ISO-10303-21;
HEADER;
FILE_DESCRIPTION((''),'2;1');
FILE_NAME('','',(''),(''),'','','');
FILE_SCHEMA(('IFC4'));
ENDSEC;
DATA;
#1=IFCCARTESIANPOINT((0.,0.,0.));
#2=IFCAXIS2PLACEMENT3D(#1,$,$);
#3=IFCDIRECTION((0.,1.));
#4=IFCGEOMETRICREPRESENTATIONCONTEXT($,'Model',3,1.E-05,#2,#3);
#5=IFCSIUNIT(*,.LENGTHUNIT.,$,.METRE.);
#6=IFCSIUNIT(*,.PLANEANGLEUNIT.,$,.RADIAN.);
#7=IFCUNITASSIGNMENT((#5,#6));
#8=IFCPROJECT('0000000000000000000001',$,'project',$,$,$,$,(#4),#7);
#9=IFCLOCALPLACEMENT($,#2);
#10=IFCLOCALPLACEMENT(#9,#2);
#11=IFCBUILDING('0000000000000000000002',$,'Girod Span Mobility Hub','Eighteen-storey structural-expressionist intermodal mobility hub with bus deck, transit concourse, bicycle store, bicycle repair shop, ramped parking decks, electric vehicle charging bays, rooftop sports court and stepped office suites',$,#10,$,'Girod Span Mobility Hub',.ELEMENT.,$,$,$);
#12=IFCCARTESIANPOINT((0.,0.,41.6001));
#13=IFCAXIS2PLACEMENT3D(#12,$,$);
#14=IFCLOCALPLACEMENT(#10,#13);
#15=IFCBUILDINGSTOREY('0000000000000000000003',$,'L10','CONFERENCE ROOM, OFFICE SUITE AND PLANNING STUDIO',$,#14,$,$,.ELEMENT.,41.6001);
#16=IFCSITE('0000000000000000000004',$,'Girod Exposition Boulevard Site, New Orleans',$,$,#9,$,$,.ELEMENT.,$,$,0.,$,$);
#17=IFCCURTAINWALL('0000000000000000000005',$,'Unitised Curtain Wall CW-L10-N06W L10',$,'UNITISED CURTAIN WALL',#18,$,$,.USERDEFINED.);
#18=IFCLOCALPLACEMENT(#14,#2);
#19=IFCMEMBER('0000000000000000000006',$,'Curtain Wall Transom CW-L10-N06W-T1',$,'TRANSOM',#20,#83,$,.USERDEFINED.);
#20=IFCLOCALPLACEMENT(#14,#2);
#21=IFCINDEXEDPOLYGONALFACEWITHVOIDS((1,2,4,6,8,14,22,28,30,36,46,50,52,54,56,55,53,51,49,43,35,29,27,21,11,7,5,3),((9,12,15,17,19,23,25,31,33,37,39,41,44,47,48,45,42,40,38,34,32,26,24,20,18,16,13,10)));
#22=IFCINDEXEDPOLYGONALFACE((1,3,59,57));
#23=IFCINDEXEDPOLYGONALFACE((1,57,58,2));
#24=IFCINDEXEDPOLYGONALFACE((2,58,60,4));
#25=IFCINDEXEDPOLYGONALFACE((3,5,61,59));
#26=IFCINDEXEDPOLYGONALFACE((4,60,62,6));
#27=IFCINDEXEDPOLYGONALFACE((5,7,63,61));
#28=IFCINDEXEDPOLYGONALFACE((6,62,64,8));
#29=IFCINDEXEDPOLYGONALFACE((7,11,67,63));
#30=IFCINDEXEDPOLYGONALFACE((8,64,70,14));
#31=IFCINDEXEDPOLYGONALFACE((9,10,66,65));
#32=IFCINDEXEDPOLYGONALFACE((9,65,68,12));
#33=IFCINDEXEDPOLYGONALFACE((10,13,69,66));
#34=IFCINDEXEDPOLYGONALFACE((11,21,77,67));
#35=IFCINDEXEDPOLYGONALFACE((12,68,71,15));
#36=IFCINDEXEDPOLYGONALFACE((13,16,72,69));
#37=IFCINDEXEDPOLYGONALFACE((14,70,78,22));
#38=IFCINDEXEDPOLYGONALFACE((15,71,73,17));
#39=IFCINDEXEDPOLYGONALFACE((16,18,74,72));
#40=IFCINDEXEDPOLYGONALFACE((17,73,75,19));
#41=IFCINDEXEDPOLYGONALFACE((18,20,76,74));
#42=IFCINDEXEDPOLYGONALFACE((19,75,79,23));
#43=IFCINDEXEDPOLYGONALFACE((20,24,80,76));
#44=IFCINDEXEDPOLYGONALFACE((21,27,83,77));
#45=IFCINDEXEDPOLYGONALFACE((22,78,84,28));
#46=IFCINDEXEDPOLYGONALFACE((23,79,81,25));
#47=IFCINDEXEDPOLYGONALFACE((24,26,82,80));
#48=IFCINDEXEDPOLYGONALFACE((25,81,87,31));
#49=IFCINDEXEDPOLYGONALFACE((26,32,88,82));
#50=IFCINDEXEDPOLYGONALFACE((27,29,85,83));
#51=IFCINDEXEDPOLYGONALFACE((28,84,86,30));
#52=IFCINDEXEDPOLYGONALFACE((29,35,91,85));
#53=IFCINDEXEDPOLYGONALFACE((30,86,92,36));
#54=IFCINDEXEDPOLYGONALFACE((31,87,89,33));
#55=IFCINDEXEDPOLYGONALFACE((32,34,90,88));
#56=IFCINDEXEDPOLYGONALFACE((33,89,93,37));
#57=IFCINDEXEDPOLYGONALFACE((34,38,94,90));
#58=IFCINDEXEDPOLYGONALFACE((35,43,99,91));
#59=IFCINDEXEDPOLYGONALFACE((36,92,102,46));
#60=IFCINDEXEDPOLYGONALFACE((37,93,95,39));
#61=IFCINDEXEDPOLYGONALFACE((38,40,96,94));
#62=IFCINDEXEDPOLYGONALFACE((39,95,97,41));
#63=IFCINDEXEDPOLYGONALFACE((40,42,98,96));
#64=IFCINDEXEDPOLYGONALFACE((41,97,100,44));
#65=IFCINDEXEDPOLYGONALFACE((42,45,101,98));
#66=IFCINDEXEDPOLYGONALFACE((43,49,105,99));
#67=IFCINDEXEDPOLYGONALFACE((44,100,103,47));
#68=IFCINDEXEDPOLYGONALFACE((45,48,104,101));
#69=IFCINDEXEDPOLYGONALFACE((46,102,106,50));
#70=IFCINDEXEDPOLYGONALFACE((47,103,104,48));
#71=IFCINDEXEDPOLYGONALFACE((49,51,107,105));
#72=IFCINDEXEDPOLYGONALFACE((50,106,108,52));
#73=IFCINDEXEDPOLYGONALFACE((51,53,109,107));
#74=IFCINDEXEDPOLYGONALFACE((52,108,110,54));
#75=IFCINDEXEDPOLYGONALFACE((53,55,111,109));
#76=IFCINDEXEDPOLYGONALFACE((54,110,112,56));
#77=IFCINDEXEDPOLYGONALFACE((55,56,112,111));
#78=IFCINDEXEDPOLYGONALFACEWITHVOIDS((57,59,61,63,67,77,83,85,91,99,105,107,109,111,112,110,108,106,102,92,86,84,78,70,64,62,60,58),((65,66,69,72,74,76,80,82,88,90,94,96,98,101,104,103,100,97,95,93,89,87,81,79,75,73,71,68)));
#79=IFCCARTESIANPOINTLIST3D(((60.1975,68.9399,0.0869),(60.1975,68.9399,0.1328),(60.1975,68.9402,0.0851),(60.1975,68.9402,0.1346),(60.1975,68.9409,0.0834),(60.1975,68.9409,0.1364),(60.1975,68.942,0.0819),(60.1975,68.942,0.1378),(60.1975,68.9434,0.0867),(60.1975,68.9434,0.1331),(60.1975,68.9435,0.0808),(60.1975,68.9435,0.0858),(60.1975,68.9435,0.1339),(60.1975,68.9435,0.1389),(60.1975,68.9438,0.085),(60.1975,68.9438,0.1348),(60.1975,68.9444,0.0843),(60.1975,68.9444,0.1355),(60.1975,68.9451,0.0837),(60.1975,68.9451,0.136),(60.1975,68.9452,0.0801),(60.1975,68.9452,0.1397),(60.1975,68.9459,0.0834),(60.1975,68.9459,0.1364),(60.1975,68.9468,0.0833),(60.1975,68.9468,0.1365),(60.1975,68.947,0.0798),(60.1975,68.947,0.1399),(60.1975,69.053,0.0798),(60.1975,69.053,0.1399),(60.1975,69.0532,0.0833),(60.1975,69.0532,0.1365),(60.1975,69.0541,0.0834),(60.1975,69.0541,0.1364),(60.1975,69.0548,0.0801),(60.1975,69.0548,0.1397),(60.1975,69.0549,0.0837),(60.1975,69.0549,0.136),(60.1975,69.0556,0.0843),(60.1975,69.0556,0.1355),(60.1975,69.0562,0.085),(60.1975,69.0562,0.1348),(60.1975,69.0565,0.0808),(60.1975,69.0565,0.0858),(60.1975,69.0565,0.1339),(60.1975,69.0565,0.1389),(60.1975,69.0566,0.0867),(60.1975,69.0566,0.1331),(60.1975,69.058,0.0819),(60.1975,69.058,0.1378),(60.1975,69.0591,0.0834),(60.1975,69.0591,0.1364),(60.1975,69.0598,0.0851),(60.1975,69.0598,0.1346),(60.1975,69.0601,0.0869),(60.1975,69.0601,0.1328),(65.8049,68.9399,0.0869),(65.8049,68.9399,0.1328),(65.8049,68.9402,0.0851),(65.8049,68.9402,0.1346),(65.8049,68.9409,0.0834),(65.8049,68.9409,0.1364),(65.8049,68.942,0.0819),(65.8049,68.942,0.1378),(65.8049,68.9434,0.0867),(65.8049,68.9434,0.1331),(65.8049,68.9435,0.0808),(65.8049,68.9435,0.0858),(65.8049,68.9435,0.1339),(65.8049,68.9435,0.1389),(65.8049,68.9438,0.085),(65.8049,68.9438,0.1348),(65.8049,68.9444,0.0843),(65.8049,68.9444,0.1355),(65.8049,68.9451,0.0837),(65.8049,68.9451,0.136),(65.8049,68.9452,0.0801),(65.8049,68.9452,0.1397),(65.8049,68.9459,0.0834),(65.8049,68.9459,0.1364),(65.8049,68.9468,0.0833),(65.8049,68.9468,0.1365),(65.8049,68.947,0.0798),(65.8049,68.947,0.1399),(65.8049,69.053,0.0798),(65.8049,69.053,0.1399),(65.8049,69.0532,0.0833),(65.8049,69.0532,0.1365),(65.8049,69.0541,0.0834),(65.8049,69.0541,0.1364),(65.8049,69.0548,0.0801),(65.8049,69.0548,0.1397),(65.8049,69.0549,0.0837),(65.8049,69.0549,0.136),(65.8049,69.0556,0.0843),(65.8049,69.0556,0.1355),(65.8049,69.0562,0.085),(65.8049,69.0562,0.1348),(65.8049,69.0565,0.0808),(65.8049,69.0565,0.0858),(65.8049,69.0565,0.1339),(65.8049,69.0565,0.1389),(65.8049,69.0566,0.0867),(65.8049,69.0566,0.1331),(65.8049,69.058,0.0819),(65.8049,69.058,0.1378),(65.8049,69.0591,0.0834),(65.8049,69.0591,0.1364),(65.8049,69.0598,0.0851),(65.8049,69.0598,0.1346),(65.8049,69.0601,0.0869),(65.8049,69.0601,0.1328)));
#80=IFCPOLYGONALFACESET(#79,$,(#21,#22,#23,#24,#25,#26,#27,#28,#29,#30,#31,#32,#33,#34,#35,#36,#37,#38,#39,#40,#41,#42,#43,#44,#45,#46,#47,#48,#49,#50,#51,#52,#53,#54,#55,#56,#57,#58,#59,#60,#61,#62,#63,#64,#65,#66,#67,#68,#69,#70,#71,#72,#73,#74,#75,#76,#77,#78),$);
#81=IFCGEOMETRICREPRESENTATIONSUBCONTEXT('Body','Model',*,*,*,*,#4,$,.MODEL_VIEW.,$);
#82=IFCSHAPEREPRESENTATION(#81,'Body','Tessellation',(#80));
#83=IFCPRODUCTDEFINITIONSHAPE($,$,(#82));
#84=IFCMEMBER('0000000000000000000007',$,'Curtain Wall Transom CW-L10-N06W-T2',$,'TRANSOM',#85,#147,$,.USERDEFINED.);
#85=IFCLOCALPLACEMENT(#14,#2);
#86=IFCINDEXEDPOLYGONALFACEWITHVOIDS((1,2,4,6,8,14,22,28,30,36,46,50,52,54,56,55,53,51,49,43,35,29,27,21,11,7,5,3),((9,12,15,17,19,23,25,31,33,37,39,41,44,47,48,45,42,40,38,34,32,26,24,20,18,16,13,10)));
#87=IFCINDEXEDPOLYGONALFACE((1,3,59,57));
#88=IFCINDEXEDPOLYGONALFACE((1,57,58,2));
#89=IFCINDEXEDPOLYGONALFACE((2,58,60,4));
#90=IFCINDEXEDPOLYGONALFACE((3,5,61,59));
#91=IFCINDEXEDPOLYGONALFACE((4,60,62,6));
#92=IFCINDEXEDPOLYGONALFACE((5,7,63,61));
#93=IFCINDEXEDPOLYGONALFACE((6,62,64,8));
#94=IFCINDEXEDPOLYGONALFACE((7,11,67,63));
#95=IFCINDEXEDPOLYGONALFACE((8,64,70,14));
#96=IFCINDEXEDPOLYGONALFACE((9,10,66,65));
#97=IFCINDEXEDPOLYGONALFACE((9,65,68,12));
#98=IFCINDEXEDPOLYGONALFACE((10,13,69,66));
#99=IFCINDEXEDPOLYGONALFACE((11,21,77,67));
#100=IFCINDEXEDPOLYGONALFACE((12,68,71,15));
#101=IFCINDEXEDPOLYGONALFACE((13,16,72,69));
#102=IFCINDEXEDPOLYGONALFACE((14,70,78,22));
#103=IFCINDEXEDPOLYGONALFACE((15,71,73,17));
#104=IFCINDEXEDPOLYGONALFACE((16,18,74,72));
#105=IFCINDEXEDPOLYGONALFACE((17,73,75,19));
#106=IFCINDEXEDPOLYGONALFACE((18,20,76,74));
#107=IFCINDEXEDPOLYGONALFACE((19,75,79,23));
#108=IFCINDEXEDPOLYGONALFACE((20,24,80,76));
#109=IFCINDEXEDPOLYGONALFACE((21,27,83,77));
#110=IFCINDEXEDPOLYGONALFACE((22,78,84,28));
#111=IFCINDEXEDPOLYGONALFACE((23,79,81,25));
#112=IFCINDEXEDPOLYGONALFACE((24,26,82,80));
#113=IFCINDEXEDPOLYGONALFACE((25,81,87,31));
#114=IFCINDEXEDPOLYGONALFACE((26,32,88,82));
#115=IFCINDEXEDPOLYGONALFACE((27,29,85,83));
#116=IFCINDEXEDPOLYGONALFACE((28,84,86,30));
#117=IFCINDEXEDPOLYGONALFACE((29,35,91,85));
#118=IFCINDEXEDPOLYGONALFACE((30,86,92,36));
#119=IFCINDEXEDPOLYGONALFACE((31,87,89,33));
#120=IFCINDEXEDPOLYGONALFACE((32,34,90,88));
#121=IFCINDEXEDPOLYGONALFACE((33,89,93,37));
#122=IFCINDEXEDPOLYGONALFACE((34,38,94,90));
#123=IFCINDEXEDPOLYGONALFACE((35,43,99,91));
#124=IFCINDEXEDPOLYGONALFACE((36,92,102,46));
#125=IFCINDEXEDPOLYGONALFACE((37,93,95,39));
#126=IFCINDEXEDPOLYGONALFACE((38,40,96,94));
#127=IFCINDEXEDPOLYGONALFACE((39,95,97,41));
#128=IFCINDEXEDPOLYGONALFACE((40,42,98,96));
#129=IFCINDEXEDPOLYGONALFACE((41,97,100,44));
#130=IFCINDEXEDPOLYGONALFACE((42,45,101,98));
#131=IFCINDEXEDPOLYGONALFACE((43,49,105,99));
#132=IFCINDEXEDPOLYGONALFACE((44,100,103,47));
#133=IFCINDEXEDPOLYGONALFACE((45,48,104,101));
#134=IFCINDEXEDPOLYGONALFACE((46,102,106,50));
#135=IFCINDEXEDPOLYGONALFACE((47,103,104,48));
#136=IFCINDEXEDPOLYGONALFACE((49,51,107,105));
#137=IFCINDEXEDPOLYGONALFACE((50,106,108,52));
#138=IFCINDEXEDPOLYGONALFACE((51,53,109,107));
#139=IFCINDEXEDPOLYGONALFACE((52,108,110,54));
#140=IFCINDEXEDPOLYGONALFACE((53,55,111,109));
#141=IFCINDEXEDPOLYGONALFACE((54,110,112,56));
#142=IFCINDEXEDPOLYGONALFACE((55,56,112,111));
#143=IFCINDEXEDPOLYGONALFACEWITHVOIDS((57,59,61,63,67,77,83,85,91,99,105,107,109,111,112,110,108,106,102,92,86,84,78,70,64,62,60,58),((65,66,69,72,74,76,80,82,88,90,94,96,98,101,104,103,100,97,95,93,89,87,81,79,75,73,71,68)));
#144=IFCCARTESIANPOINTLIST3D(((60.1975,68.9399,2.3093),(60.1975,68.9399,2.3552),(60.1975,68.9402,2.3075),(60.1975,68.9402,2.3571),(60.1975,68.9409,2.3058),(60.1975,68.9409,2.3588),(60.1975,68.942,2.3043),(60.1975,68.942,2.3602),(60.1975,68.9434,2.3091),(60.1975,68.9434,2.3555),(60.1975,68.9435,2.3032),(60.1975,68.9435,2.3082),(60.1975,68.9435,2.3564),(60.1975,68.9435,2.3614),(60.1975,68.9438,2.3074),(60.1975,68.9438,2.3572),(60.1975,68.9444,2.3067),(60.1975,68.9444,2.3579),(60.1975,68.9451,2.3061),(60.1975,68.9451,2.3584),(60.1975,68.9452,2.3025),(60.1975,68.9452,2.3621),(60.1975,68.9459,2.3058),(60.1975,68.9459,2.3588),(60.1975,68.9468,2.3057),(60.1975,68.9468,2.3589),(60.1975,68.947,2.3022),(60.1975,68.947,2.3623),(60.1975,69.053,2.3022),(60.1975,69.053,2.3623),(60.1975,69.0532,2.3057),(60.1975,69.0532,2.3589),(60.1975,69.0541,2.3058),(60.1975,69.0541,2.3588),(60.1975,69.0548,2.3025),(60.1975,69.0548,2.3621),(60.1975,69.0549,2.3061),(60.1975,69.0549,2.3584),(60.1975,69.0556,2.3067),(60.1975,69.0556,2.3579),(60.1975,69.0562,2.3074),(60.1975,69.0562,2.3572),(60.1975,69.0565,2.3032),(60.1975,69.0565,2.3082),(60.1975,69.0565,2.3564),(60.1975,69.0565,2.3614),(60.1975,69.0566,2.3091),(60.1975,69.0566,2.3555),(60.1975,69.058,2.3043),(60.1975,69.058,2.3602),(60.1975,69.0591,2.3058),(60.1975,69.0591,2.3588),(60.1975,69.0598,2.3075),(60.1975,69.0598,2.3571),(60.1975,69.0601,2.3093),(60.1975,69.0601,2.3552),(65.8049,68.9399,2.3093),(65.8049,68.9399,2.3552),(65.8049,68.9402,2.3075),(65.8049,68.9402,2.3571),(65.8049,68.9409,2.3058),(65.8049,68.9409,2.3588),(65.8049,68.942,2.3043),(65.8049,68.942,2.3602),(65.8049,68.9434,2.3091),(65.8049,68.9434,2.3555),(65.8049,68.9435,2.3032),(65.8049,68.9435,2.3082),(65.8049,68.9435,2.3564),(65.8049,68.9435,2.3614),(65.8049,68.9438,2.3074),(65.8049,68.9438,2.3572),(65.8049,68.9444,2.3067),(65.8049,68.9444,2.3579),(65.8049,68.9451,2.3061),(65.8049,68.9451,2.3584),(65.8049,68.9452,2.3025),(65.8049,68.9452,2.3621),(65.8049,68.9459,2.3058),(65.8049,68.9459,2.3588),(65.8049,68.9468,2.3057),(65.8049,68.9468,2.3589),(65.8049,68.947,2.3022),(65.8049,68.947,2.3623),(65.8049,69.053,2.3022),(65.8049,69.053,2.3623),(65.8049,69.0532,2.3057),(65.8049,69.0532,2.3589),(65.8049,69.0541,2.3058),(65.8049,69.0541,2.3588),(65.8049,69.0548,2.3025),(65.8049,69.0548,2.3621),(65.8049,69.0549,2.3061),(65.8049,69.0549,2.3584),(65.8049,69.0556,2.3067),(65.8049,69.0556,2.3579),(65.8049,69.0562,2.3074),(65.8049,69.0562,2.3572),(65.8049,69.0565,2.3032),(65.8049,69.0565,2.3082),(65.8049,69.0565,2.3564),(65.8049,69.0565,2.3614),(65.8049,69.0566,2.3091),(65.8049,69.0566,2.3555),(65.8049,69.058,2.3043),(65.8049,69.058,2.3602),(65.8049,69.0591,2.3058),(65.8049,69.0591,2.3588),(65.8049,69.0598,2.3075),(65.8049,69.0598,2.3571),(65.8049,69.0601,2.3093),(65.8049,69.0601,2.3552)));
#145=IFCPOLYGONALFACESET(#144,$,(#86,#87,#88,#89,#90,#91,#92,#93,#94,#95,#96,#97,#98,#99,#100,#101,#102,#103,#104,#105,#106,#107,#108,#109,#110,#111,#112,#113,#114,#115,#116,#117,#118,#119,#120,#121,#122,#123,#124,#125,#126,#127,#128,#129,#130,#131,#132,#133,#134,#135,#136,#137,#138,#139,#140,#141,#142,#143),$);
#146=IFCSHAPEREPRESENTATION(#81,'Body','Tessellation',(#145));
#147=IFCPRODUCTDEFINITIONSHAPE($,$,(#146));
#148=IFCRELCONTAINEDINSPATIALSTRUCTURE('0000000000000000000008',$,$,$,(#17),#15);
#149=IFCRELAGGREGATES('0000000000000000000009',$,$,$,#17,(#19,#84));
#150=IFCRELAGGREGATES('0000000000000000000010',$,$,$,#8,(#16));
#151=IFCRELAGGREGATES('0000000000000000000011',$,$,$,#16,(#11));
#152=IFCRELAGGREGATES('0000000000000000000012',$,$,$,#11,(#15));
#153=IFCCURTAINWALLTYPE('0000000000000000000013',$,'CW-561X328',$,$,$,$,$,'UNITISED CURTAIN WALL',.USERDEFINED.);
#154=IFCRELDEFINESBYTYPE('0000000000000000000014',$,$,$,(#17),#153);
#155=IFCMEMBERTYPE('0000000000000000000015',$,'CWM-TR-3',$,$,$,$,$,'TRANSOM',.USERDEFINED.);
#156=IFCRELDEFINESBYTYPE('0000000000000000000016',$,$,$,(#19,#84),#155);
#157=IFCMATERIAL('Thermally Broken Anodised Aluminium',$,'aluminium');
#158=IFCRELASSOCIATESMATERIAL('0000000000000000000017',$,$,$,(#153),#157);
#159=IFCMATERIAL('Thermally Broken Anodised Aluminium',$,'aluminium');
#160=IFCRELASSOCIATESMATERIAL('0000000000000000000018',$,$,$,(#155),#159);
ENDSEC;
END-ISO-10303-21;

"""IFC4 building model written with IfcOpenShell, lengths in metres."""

from ifc_helpers import new_model, si_unit, direction, frame, origin, origin_2d, place, context, subcontext, project, spatial, hollow_rectangle, extrude, material, material_profile, profile_set, type_object, element, aggregate, save


model = new_model("IFC4")

# Units and contexts
model_context = context("Model", 3, precision=1e-05, world=origin(), true_north=direction((0.0, 1.0)))
body_context = subcontext(model_context, "Body", "Model", "MODEL_VIEW")
ifc_project = project(units=[si_unit("LENGTHUNIT", "METRE"), si_unit("PLANEANGLEUNIT", "RADIAN")], contexts=[model_context])

# Site, building, storey
site_placement = place(None, origin())
site = spatial("IfcSite", under=ifc_project, at=site_placement, Name="Girod Exposition Boulevard Site, New Orleans", CompositionType="ELEMENT", RefElevation=0.0)
building_placement = place(site_placement, origin())
building = spatial("IfcBuilding", under=site, at=building_placement, Name="Girod Span Mobility Hub", Description="Eighteen-storey structural-expressionist intermodal mobility hub with bus deck, transit concourse, bicycle store, bicycle repair shop, ramped parking decks, electric vehicle charging bays, rooftop sports court and stepped office suites", LongName="Girod Span Mobility Hub", CompositionType="ELEMENT")
storey_placement = place(building_placement, frame((0.0, 0.0, 41.6001)))
storey = spatial("IfcBuildingStorey", under=building, at=storey_placement, Name="L10", Description="CONFERENCE ROOM, OFFICE SUITE AND PLANNING STUDIO", CompositionType="ELEMENT", Elevation=41.6001)

# Curtain wall, members
ifc_material_1 = material(Name="Thermally Broken Anodised Aluminium", Category="aluminium")
curtain_wall_type = type_object("IfcCurtainWallType", Name="CW-561X328", ElementType="UNITISED CURTAIN WALL", PredefinedType="USERDEFINED", material=ifc_material_1)
curtain_wall_placement = place(storey_placement, origin())
curtain_wall = element("IfcCurtainWall", 1, at=curtain_wall_placement, inside=storey, type_object=curtain_wall_type, Name="Unitised Curtain Wall CW-L10-N06W L10", ObjectType="UNITISED CURTAIN WALL", PredefinedType="USERDEFINED")
ifc_material_2 = material(Name="Thermally Broken Anodised Aluminium", Category="aluminium")
ifc_material_profile_1 = material_profile(ifc_material_2, hollow_rectangle(XDim=0.1201, YDim=0.0601, WallThickness=0.0034, InnerFilletRadius=0.0034, OuterFilletRadius=0.0071, at=origin_2d()), Name="CW-TR-60X120")
ifc_profile_set_1 = profile_set([ifc_material_profile_1], Name="Thermally Broken Anodised Aluminium")
member_type_1 = type_object("IfcMemberType", Name="CWM-TR-3", ElementType="TRANSOM", PredefinedType="USERDEFINED", material=ifc_profile_set_1)
member_1_placement = place(storey_placement, frame((60.1975, 69.0, 0.1099), z_axis=(1.0, 0.0, 0.0), x_axis=(0.0, 1.0, 0.0)))
member_1 = element("IfcMember", 2, at=member_1_placement, type_object=member_type_1, Name="Curtain Wall Transom CW-L10-N06W-T1", ObjectType="TRANSOM", PredefinedType="USERDEFINED", context=body_context, shape_type="SweptSolid", body=[
    extrude(hollow_rectangle(XDim=0.1201, YDim=0.0601, WallThickness=0.0034, InnerFilletRadius=0.0034, OuterFilletRadius=0.0071, at=origin_2d()), origin(), (0.0, 0.0, 1.0), 5.6074),
])
member_2_placement = place(storey_placement, frame((60.1975, 69.0, 2.3323), z_axis=(1.0, 0.0, 0.0), x_axis=(0.0, 1.0, 0.0)))
member_2 = element("IfcMember", 3, at=member_2_placement, type_object=member_type_1, Name="Curtain Wall Transom CW-L10-N06W-T2", ObjectType="TRANSOM", PredefinedType="USERDEFINED", context=body_context, shape_type="SweptSolid", body=[
    extrude(hollow_rectangle(XDim=0.1201, YDim=0.0601, WallThickness=0.0034, InnerFilletRadius=0.0034, OuterFilletRadius=0.0071, at=origin_2d()), origin(), (0.0, 0.0, 1.0), 5.6074),
])
aggregate(curtain_wall, [member_1, member_2])

save(model, "model.ifc")
